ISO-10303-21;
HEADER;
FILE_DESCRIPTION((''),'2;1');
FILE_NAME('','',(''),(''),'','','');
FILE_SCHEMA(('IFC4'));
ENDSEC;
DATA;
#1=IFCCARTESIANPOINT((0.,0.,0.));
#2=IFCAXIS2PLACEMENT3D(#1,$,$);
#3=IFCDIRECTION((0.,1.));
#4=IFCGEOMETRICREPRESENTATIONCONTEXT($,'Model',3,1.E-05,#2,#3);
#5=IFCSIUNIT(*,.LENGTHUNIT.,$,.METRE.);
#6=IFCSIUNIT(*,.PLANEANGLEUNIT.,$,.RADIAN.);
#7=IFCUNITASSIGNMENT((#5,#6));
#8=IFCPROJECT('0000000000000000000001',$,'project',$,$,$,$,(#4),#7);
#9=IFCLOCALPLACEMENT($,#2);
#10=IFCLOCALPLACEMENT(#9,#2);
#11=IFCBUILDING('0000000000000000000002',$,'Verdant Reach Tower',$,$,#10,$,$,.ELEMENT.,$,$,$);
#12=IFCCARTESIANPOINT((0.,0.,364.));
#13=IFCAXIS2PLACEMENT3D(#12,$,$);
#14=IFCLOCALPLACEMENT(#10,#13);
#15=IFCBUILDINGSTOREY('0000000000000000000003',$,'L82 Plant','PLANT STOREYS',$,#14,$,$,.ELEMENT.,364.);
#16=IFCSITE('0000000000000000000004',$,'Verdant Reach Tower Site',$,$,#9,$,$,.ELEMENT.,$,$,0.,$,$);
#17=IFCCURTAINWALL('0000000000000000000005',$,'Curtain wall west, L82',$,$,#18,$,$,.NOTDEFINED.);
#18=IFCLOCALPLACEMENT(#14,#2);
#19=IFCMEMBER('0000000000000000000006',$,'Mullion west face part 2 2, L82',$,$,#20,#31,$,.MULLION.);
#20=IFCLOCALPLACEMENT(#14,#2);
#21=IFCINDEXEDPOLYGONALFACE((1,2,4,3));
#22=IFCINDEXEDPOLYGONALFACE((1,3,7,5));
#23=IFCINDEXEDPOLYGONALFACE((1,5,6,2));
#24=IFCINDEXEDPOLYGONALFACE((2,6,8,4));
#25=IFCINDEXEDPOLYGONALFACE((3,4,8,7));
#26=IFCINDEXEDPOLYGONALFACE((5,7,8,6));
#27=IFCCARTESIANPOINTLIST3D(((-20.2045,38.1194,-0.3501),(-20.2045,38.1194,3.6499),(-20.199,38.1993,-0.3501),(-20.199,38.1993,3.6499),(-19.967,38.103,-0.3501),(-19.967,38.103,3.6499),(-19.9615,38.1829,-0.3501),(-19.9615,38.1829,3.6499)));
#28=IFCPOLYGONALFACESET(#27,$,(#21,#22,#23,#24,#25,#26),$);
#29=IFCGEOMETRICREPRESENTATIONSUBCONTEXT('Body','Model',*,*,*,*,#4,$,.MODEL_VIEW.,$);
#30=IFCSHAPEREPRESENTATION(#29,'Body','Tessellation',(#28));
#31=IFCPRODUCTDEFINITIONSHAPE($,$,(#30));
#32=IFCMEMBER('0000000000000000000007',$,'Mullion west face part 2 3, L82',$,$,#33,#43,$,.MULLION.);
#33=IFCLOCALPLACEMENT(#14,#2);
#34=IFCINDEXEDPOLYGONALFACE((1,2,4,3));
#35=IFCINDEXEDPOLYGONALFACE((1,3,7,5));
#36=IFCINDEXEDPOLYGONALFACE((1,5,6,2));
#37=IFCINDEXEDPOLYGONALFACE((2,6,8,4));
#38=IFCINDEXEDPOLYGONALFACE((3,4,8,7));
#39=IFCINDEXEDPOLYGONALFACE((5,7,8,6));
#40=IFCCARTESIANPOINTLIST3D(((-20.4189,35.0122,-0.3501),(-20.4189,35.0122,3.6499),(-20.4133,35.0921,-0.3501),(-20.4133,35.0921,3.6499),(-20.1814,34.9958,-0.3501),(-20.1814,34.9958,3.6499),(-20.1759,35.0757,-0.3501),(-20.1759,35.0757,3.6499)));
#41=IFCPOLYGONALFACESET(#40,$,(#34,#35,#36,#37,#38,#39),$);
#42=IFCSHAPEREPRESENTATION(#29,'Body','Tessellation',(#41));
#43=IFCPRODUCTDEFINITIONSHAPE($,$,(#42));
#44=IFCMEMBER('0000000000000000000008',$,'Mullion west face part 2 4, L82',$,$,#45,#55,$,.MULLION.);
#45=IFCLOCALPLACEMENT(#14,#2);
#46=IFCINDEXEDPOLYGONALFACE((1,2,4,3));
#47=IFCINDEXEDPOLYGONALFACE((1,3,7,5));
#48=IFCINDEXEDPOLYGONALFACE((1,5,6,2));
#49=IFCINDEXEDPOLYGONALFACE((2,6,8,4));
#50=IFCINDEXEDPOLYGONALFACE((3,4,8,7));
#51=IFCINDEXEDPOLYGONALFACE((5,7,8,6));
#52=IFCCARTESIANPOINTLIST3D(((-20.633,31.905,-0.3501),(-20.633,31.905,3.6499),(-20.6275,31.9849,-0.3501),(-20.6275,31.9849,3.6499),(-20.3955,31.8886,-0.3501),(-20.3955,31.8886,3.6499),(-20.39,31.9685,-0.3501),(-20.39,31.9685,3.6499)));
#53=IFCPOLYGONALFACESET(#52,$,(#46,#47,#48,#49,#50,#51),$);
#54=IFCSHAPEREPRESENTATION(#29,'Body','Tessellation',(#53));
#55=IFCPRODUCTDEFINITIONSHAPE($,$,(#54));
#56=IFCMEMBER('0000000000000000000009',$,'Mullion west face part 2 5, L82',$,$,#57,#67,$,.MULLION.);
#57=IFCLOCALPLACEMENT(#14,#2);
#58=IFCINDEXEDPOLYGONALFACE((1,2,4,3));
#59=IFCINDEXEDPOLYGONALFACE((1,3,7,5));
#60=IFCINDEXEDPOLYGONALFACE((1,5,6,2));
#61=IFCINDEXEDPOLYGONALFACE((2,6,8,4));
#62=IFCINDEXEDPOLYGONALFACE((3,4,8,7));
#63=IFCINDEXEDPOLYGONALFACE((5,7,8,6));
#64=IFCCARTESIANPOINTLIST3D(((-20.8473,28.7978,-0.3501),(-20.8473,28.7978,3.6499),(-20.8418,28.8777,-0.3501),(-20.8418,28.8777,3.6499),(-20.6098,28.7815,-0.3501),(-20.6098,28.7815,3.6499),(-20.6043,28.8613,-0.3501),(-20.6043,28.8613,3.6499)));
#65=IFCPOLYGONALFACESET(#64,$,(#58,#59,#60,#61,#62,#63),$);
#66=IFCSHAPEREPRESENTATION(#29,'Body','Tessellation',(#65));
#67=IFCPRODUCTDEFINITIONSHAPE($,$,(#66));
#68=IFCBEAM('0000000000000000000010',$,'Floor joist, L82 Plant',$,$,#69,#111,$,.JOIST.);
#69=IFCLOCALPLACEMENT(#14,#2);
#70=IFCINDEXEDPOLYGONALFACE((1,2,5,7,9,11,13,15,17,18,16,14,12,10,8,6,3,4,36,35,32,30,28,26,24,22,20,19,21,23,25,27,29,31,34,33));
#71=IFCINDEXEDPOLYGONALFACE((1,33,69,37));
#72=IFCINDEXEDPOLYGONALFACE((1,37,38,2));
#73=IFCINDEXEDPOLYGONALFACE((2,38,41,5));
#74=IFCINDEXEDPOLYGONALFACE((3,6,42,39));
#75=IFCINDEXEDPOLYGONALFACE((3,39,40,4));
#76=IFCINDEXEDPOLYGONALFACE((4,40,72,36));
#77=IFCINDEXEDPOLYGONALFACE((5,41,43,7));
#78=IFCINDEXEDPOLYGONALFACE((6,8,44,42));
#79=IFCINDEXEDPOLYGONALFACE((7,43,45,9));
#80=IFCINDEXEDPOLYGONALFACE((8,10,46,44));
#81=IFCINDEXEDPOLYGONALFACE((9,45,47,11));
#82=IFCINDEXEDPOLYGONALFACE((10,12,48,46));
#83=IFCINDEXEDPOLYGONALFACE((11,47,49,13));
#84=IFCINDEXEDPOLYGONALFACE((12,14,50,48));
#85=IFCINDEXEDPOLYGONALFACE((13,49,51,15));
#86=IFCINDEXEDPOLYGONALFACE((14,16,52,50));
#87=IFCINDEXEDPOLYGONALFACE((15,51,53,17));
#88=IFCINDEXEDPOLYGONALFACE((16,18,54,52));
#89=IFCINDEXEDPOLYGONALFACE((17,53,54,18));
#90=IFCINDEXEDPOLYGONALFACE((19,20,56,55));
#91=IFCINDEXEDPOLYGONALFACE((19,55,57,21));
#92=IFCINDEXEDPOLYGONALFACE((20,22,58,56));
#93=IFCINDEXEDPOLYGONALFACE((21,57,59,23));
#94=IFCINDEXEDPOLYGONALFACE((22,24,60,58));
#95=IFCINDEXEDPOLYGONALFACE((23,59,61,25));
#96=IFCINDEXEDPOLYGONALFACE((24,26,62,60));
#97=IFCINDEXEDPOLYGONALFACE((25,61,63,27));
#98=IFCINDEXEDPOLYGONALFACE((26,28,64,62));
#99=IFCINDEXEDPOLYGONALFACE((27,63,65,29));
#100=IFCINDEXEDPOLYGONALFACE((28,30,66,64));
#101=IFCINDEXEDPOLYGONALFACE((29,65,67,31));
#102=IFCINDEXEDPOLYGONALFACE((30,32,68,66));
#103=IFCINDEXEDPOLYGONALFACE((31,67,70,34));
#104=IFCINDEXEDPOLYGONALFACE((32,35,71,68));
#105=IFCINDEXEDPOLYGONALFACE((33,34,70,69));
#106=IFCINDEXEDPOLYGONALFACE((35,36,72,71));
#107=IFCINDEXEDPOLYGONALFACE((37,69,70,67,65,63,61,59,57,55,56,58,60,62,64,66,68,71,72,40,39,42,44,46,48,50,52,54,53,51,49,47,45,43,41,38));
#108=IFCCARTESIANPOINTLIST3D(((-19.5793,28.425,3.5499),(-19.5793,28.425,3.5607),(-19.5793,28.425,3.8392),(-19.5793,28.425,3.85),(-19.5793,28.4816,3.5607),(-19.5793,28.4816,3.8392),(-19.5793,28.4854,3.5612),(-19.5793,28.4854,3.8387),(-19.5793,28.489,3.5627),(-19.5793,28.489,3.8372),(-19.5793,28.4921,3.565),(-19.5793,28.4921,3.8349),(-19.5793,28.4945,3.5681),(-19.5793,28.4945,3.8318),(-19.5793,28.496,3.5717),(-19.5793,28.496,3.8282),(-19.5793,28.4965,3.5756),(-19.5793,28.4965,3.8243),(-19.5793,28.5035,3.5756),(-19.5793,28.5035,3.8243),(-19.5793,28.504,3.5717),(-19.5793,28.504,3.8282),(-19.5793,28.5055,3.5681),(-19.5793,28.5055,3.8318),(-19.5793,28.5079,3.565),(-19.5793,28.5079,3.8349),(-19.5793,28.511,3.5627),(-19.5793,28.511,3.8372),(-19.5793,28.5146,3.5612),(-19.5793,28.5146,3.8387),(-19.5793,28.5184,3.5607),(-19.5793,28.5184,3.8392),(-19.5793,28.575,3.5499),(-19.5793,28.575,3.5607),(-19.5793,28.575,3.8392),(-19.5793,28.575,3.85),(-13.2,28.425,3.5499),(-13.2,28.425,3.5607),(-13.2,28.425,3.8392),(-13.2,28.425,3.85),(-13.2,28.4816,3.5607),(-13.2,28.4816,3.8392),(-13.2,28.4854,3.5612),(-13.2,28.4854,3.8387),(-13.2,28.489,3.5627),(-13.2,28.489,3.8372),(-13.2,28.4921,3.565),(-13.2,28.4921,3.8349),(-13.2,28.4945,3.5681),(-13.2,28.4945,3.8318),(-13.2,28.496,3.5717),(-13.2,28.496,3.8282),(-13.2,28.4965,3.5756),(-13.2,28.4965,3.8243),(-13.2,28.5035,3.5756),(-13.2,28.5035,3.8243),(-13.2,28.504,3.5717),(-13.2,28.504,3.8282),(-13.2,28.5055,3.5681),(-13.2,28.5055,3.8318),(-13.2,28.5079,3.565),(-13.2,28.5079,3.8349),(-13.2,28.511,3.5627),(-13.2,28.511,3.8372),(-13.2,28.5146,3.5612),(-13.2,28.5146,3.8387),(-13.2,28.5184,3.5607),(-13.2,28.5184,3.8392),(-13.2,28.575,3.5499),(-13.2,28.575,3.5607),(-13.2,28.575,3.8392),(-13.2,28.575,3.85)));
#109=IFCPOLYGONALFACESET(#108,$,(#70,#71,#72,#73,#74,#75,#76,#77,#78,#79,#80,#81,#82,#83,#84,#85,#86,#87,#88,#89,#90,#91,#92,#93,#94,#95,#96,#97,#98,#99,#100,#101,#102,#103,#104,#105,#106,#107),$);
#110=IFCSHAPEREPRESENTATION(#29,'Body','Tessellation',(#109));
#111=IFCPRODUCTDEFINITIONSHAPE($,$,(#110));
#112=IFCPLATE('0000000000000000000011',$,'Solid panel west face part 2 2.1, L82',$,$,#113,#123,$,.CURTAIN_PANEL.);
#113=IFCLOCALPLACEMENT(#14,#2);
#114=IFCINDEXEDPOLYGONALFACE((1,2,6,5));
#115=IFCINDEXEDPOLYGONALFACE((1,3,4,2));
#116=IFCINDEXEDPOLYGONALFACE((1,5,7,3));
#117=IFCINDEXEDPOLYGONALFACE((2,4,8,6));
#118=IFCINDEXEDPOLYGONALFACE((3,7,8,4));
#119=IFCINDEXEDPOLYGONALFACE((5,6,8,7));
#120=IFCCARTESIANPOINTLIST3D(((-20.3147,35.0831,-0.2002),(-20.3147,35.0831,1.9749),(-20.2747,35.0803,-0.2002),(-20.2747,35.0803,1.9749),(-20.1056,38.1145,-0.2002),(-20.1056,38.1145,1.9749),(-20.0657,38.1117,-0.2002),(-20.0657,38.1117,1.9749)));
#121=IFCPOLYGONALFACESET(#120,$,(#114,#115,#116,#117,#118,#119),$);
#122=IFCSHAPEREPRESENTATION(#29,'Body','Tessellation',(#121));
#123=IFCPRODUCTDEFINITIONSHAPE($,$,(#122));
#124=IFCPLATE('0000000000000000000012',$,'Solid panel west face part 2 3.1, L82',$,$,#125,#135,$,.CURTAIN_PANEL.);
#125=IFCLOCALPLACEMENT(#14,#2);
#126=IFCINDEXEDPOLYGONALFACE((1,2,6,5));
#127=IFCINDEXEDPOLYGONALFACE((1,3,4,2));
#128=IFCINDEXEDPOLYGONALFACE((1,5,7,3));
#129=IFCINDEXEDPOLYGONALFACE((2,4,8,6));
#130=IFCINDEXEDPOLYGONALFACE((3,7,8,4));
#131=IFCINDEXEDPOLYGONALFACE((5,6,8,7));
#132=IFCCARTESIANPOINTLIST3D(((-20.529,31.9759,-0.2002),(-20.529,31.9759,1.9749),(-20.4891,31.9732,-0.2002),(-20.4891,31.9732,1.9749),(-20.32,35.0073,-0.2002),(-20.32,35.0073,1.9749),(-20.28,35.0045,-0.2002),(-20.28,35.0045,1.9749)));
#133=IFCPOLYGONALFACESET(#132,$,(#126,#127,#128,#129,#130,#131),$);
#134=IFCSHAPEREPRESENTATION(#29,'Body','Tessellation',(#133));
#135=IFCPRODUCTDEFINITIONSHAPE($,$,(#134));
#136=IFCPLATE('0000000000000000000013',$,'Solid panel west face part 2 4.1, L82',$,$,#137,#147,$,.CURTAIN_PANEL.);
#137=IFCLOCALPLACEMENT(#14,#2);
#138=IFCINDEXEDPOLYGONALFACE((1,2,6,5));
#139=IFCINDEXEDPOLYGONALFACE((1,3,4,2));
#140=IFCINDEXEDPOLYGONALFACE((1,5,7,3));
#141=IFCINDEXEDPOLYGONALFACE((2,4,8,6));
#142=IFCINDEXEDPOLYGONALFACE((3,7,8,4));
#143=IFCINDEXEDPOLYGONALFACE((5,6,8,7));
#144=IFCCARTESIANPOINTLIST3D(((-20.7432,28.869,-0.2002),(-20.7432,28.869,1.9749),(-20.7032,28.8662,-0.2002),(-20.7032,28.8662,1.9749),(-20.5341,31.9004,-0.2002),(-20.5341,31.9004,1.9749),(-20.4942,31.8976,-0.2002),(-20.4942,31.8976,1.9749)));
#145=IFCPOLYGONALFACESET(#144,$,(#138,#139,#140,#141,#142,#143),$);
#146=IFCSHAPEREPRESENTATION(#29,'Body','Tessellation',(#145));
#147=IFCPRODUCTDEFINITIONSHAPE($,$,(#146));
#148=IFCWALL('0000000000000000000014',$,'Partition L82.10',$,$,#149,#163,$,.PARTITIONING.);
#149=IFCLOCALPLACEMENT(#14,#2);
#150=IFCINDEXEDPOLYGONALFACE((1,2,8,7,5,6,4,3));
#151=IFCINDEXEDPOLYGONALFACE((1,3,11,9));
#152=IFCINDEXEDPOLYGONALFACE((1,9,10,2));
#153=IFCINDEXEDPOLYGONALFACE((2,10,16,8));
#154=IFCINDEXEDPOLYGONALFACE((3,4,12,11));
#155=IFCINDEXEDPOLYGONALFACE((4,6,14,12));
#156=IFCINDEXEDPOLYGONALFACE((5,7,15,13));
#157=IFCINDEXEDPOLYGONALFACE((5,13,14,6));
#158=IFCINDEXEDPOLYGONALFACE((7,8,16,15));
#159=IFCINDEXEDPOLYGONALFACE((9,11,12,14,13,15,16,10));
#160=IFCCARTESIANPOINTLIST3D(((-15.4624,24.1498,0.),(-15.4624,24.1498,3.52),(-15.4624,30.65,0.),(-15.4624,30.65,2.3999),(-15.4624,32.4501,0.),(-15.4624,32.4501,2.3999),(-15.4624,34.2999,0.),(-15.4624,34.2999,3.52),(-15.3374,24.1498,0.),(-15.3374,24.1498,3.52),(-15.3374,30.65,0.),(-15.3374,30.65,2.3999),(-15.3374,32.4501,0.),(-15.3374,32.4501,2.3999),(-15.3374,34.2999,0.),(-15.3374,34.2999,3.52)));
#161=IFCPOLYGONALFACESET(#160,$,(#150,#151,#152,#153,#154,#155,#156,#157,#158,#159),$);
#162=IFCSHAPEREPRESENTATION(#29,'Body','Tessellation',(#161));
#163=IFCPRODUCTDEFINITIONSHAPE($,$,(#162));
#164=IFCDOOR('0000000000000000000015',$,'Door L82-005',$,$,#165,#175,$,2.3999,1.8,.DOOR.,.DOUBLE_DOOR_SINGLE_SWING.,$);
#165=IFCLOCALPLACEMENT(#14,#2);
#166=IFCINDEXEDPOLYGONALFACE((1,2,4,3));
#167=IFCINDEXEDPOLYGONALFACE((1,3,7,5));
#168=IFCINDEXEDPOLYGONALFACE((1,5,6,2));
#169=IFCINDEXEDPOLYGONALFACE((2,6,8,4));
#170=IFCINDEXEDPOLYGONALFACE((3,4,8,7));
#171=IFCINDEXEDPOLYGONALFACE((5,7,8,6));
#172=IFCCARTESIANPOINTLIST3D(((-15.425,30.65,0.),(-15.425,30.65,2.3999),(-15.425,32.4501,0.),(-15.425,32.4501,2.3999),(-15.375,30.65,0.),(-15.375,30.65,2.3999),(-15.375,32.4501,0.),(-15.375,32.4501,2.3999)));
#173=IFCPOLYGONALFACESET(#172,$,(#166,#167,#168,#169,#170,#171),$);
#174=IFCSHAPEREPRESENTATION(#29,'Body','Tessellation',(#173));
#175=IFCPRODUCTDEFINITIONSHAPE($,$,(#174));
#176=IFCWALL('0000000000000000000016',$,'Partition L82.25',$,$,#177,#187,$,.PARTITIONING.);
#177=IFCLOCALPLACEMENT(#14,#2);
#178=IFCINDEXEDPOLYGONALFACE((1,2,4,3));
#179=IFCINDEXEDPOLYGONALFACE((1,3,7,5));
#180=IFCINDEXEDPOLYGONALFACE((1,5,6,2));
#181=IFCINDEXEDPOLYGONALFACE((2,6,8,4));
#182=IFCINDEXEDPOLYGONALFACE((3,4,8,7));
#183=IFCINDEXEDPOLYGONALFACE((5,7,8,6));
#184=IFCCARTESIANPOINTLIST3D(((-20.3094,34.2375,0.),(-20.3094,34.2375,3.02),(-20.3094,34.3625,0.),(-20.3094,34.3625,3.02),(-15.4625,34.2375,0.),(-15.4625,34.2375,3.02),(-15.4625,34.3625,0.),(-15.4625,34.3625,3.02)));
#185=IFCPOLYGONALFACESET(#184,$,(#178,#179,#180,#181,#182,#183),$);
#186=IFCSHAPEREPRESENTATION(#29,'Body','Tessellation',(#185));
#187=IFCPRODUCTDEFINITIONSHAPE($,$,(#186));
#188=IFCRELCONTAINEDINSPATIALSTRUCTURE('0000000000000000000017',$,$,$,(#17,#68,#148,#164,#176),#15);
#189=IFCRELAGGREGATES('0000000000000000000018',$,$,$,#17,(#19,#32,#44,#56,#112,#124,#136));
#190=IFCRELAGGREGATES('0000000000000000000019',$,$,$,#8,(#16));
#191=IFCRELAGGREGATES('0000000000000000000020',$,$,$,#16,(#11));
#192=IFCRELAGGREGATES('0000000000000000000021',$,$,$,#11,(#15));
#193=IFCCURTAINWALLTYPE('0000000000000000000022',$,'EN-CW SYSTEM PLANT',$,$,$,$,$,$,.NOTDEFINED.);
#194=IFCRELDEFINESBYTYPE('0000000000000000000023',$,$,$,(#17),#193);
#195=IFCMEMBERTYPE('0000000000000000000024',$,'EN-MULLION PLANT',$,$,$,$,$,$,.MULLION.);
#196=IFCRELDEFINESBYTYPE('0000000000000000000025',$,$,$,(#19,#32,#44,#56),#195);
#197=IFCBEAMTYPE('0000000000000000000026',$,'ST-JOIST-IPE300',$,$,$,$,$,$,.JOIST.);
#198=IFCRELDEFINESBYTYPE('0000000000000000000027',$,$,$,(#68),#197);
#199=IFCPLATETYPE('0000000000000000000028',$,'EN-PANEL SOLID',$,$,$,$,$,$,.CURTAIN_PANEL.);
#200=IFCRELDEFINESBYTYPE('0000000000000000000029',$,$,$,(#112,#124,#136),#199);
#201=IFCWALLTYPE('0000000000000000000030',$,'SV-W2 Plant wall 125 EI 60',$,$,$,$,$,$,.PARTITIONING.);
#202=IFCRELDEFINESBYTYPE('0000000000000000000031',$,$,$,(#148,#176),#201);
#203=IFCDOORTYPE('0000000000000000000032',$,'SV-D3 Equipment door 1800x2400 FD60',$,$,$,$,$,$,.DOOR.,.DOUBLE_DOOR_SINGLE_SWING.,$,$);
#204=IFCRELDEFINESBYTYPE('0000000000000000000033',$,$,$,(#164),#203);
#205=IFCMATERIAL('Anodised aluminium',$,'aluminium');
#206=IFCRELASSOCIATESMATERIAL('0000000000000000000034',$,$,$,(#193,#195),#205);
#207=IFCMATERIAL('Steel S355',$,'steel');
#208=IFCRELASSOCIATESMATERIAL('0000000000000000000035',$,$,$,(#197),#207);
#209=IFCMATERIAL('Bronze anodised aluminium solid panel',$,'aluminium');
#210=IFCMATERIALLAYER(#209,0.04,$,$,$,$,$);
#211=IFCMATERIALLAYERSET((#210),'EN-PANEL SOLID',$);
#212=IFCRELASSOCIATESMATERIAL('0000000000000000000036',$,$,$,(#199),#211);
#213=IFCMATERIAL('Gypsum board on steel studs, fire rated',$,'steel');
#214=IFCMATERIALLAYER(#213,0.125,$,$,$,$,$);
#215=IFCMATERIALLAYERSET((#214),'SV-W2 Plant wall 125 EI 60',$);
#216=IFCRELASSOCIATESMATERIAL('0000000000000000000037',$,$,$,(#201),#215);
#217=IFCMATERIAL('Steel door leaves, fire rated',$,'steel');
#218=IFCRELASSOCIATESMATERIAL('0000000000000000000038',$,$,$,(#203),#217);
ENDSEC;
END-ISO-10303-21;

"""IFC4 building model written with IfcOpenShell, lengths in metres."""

from ifc_helpers import new_model, si_unit, direction, frame, frame_2d, origin, origin_2d, place, context, subcontext, project, spatial, rectangle, i_section, extrude, material, layer, layer_set, material_profile, profile_set, type_object, element, fill, aggregate, save


model = new_model("IFC4")

# Units and contexts
model_context = context("Model", 3, precision=1e-05, world=origin(), true_north=direction((0.0, 1.0)))
body_context = subcontext(model_context, "Body", "Model", "MODEL_VIEW")
ifc_project = project(units=[si_unit("LENGTHUNIT", "METRE"), si_unit("PLANEANGLEUNIT", "RADIAN")], contexts=[model_context])

# Site, building, storey
site_placement = place(None, origin())
site = spatial("IfcSite", under=ifc_project, at=site_placement, Name="Verdant Reach Tower Site", CompositionType="ELEMENT", RefElevation=0.0)
building_placement = place(site_placement, origin())
building = spatial("IfcBuilding", under=site, at=building_placement, Name="Verdant Reach Tower", CompositionType="ELEMENT")
storey_placement = place(building_placement, frame((0.0, 0.0, 364.0)))
storey = spatial("IfcBuildingStorey", under=building, at=storey_placement, Name="L82 Plant", Description="PLANT STOREYS", CompositionType="ELEMENT", Elevation=364.0)

# Curtain wall, members
ifc_material_1 = material(Name="Anodised aluminium", Category="aluminium")
curtain_wall_type = type_object("IfcCurtainWallType", Name="EN-CW SYSTEM PLANT", PredefinedType="NOTDEFINED", material=ifc_material_1)
curtain_wall_placement = place(storey_placement, origin())
curtain_wall = element("IfcCurtainWall", 1, at=curtain_wall_placement, inside=storey, type_object=curtain_wall_type, Name="Curtain wall west, L82", PredefinedType="NOTDEFINED")
ifc_material_profile_1 = material_profile(ifc_material_1, rectangle(XDim=0.238, YDim=0.0801, at=origin_2d()), Name="Mullion 80x240")
ifc_profile_set_1 = profile_set([ifc_material_profile_1], Name="Anodised aluminium")
member_type = type_object("IfcMemberType", Name="EN-MULLION PLANT", PredefinedType="MULLION", material=ifc_profile_set_1)
member_1_placement = place(storey_placement, frame((-20.083, 38.1511, -0.3501), z_axis=(0.0, 0.0, 1.0), x_axis=(-0.99763, 0.068802, 0.0)))
member_1 = element("IfcMember", 2, at=member_1_placement, type_object=member_type, Name="Mullion west face part 2 2, L82", PredefinedType="MULLION", context=body_context, shape_type="SweptSolid", body=[
    extrude(rectangle(XDim=0.238, YDim=0.0801, at=origin_2d()), origin(), (0.0, 0.0, 1.0), 4.0),
])
member_2_placement = place(storey_placement, frame((-20.2974, 35.0439, -0.3501), z_axis=(0.0, 0.0, 1.0), x_axis=(-0.99763, 0.068802, 0.0)))
member_2 = element("IfcMember", 3, at=member_2_placement, type_object=member_type, Name="Mullion west face part 2 3, L82", PredefinedType="MULLION", context=body_context, shape_type="SweptSolid", body=[
    extrude(rectangle(XDim=0.238, YDim=0.0801, at=origin_2d()), origin(), (0.0, 0.0, 1.0), 4.0),
])
member_3_placement = place(storey_placement, frame((-20.5115, 31.9368, -0.3501), z_axis=(0.0, 0.0, 1.0), x_axis=(-0.99763, 0.068802, 0.0)))
member_3 = element("IfcMember", 4, at=member_3_placement, type_object=member_type, Name="Mullion west face part 2 4, L82", PredefinedType="MULLION", context=body_context, shape_type="SweptSolid", body=[
    extrude(rectangle(XDim=0.238, YDim=0.0801, at=origin_2d()), origin(), (0.0, 0.0, 1.0), 4.0),
])
member_4_placement = place(storey_placement, frame((-20.7258, 28.8296, -0.3501), z_axis=(0.0, 0.0, 1.0), x_axis=(-0.99763, 0.068802, 0.0)))
member_4 = element("IfcMember", 5, at=member_4_placement, type_object=member_type, Name="Mullion west face part 2 5, L82", PredefinedType="MULLION", context=body_context, shape_type="SweptSolid", body=[
    extrude(rectangle(XDim=0.238, YDim=0.0801, at=origin_2d()), origin(), (0.0, 0.0, 1.0), 4.0),
])

# Beam
ifc_material_2 = material(Name="Steel S355", Category="steel")
ifc_material_profile_2 = material_profile(ifc_material_2, i_section(OverallWidth=0.1499, OverallDepth=0.3, WebThickness=0.0071, FlangeThickness=0.0107, FilletRadius=0.0149, at=origin_2d()), Name="IPE 300")
ifc_profile_set_2 = profile_set([ifc_material_profile_2], Name="Steel S355")
beam_type = type_object("IfcBeamType", Name="ST-JOIST-IPE300", PredefinedType="JOIST", material=ifc_profile_set_2)
beam_placement = place(storey_placement, frame((-13.2, 28.5, 3.7), z_axis=(-1.0, 0.0, 0.0), x_axis=(0.0, -1.0, 0.0)))
element("IfcBeam", 6, at=beam_placement, inside=storey, type_object=beam_type, Name="Floor joist, L82 Plant", PredefinedType="JOIST", context=body_context, shape_type="SweptSolid", body=[
    extrude(i_section(OverallWidth=0.1499, OverallDepth=0.3, WebThickness=0.0071, FlangeThickness=0.0107, FilletRadius=0.0149, at=origin_2d()), origin(), (0.0, 0.0, 1.0), 6.3794),
])

# Plates
ifc_material_3 = material(Name="Bronze anodised aluminium solid panel", Category="aluminium")
ifc_layer_1 = layer(ifc_material_3, 0.04)
ifc_layer_set_1 = layer_set([ifc_layer_1], Name="EN-PANEL SOLID")
plate_type = type_object("IfcPlateType", Name="EN-PANEL SOLID", PredefinedType="CURTAIN_PANEL", material=ifc_layer_set_1)
plate_1_placement = place(storey_placement, frame((-20.1902, 36.5974, -0.2002), z_axis=(0.0, 0.0, 1.0), x_axis=(-0.068802, -0.99763, 0.0)))
plate_1 = element("IfcPlate", 7, at=plate_1_placement, type_object=plate_type, Name="Solid panel west face part 2 2.1, L82", PredefinedType="CURTAIN_PANEL", context=body_context, shape_type="SweptSolid", body=[
    extrude(rectangle(XDim=3.0386, YDim=0.04, at=origin_2d()), origin(), (0.0, 0.0, 1.0), 2.175),
])
plate_2_placement = place(storey_placement, frame((-20.4045, 33.4902, -0.2002), z_axis=(0.0, 0.0, 1.0), x_axis=(-0.068802, -0.99763, 0.0)))
plate_2 = element("IfcPlate", 8, at=plate_2_placement, type_object=plate_type, Name="Solid panel west face part 2 3.1, L82", PredefinedType="CURTAIN_PANEL", context=body_context, shape_type="SweptSolid", body=[
    extrude(rectangle(XDim=3.0386, YDim=0.04, at=origin_2d()), origin(), (0.0, 0.0, 1.0), 2.175),
])
plate_3_placement = place(storey_placement, frame((-20.6187, 30.3833, -0.2002), z_axis=(0.0, 0.0, 1.0), x_axis=(-0.068802, -0.99763, 0.0)))
plate_3 = element("IfcPlate", 9, at=plate_3_placement, type_object=plate_type, Name="Solid panel west face part 2 4.1, L82", PredefinedType="CURTAIN_PANEL", context=body_context, shape_type="SweptSolid", body=[
    extrude(rectangle(XDim=3.0386, YDim=0.04, at=origin_2d()), origin(), (0.0, 0.0, 1.0), 2.175),
])

# Wall, opening, door
ifc_material_4 = material(Name="Gypsum board on steel studs, fire rated", Category="steel")
ifc_layer_2 = layer(ifc_material_4, 0.125)
ifc_layer_set_2 = layer_set([ifc_layer_2], Name="SV-W2 Plant wall 125 EI 60")
wall_type = type_object("IfcWallType", Name="SV-W2 Plant wall 125 EI 60", PredefinedType="PARTITIONING", material=ifc_layer_set_2)
wall_1_placement = place(storey_placement, frame((-15.3999, 34.3, 0.0), z_axis=(0.0, 0.0, 1.0), x_axis=(0.0, -1.0, 0.0)))
wall_1 = element("IfcWall", 10, at=wall_1_placement, inside=storey, type_object=wall_type, Name="Partition L82.10", PredefinedType="PARTITIONING", context=body_context, shape_type="SweptSolid", body=[
    extrude(rectangle(XDim=10.1501, YDim=0.125, at=frame_2d((5.0752, 0.0))), origin(), (0.0, 0.0, 1.0), 3.52),
])
opening_placement = place(wall_1_placement, frame((1.8501, 0.0, 0.0)))
opening = element("IfcOpeningElement", 11, at=opening_placement, cuts=wall_1, PredefinedType="OPENING", context=body_context, shape_type="SweptSolid", body=[
    extrude(rectangle(XDim=1.8, YDim=2.3999, at=frame_2d((0.8999, 1.2))), frame((0.0, 0.0725, 0.0), z_axis=(0.0, -1.0, 0.0), x_axis=(1.0, 0.0, 0.0)), (0.0, 0.0, 1.0), 0.145),
])
ifc_material_5 = material(Name="Steel door leaves, fire rated", Category="steel")
door_type = type_object("IfcDoorType", Name="SV-D3 Equipment door 1800x2400 FD60", OperationType="DOUBLE_DOOR_SINGLE_SWING", PredefinedType="DOOR", material=ifc_material_5)
door_placement = place(opening_placement, origin())
door = element("IfcDoor", 12, at=door_placement, inside=storey, type_object=door_type, Name="Door L82-005", OperationType="DOUBLE_DOOR_SINGLE_SWING", OverallHeight=2.3999, OverallWidth=1.8, PredefinedType="DOOR", context=body_context, shape_type="SweptSolid", body=[
    extrude(rectangle(XDim=1.8, YDim=2.3999, at=frame_2d((0.8999, 1.2))), frame((0.0, 0.0249, 0.0), z_axis=(0.0, -1.0, 0.0), x_axis=(1.0, 0.0, 0.0)), (0.0, 0.0, 1.0), 0.05),
])
fill(opening, door)

# Wall
wall_2_placement = place(storey_placement, frame((-20.3093, 34.3, 0.0), z_axis=(0.0, 0.0, 1.0), x_axis=(1.0, 0.0, 0.0)))
element("IfcWall", 13, at=wall_2_placement, inside=storey, type_object=wall_type, Name="Partition L82.25", PredefinedType="PARTITIONING", context=body_context, shape_type="SweptSolid", body=[
    extrude(rectangle(XDim=4.8469, YDim=0.125, at=frame_2d((2.4233, 0.0))), origin(), (0.0, 0.0, 1.0), 3.02),
])

aggregate(curtain_wall, [member_1, member_2, member_3, member_4, plate_1, plate_2, plate_3])

save(model, "model.ifc")
